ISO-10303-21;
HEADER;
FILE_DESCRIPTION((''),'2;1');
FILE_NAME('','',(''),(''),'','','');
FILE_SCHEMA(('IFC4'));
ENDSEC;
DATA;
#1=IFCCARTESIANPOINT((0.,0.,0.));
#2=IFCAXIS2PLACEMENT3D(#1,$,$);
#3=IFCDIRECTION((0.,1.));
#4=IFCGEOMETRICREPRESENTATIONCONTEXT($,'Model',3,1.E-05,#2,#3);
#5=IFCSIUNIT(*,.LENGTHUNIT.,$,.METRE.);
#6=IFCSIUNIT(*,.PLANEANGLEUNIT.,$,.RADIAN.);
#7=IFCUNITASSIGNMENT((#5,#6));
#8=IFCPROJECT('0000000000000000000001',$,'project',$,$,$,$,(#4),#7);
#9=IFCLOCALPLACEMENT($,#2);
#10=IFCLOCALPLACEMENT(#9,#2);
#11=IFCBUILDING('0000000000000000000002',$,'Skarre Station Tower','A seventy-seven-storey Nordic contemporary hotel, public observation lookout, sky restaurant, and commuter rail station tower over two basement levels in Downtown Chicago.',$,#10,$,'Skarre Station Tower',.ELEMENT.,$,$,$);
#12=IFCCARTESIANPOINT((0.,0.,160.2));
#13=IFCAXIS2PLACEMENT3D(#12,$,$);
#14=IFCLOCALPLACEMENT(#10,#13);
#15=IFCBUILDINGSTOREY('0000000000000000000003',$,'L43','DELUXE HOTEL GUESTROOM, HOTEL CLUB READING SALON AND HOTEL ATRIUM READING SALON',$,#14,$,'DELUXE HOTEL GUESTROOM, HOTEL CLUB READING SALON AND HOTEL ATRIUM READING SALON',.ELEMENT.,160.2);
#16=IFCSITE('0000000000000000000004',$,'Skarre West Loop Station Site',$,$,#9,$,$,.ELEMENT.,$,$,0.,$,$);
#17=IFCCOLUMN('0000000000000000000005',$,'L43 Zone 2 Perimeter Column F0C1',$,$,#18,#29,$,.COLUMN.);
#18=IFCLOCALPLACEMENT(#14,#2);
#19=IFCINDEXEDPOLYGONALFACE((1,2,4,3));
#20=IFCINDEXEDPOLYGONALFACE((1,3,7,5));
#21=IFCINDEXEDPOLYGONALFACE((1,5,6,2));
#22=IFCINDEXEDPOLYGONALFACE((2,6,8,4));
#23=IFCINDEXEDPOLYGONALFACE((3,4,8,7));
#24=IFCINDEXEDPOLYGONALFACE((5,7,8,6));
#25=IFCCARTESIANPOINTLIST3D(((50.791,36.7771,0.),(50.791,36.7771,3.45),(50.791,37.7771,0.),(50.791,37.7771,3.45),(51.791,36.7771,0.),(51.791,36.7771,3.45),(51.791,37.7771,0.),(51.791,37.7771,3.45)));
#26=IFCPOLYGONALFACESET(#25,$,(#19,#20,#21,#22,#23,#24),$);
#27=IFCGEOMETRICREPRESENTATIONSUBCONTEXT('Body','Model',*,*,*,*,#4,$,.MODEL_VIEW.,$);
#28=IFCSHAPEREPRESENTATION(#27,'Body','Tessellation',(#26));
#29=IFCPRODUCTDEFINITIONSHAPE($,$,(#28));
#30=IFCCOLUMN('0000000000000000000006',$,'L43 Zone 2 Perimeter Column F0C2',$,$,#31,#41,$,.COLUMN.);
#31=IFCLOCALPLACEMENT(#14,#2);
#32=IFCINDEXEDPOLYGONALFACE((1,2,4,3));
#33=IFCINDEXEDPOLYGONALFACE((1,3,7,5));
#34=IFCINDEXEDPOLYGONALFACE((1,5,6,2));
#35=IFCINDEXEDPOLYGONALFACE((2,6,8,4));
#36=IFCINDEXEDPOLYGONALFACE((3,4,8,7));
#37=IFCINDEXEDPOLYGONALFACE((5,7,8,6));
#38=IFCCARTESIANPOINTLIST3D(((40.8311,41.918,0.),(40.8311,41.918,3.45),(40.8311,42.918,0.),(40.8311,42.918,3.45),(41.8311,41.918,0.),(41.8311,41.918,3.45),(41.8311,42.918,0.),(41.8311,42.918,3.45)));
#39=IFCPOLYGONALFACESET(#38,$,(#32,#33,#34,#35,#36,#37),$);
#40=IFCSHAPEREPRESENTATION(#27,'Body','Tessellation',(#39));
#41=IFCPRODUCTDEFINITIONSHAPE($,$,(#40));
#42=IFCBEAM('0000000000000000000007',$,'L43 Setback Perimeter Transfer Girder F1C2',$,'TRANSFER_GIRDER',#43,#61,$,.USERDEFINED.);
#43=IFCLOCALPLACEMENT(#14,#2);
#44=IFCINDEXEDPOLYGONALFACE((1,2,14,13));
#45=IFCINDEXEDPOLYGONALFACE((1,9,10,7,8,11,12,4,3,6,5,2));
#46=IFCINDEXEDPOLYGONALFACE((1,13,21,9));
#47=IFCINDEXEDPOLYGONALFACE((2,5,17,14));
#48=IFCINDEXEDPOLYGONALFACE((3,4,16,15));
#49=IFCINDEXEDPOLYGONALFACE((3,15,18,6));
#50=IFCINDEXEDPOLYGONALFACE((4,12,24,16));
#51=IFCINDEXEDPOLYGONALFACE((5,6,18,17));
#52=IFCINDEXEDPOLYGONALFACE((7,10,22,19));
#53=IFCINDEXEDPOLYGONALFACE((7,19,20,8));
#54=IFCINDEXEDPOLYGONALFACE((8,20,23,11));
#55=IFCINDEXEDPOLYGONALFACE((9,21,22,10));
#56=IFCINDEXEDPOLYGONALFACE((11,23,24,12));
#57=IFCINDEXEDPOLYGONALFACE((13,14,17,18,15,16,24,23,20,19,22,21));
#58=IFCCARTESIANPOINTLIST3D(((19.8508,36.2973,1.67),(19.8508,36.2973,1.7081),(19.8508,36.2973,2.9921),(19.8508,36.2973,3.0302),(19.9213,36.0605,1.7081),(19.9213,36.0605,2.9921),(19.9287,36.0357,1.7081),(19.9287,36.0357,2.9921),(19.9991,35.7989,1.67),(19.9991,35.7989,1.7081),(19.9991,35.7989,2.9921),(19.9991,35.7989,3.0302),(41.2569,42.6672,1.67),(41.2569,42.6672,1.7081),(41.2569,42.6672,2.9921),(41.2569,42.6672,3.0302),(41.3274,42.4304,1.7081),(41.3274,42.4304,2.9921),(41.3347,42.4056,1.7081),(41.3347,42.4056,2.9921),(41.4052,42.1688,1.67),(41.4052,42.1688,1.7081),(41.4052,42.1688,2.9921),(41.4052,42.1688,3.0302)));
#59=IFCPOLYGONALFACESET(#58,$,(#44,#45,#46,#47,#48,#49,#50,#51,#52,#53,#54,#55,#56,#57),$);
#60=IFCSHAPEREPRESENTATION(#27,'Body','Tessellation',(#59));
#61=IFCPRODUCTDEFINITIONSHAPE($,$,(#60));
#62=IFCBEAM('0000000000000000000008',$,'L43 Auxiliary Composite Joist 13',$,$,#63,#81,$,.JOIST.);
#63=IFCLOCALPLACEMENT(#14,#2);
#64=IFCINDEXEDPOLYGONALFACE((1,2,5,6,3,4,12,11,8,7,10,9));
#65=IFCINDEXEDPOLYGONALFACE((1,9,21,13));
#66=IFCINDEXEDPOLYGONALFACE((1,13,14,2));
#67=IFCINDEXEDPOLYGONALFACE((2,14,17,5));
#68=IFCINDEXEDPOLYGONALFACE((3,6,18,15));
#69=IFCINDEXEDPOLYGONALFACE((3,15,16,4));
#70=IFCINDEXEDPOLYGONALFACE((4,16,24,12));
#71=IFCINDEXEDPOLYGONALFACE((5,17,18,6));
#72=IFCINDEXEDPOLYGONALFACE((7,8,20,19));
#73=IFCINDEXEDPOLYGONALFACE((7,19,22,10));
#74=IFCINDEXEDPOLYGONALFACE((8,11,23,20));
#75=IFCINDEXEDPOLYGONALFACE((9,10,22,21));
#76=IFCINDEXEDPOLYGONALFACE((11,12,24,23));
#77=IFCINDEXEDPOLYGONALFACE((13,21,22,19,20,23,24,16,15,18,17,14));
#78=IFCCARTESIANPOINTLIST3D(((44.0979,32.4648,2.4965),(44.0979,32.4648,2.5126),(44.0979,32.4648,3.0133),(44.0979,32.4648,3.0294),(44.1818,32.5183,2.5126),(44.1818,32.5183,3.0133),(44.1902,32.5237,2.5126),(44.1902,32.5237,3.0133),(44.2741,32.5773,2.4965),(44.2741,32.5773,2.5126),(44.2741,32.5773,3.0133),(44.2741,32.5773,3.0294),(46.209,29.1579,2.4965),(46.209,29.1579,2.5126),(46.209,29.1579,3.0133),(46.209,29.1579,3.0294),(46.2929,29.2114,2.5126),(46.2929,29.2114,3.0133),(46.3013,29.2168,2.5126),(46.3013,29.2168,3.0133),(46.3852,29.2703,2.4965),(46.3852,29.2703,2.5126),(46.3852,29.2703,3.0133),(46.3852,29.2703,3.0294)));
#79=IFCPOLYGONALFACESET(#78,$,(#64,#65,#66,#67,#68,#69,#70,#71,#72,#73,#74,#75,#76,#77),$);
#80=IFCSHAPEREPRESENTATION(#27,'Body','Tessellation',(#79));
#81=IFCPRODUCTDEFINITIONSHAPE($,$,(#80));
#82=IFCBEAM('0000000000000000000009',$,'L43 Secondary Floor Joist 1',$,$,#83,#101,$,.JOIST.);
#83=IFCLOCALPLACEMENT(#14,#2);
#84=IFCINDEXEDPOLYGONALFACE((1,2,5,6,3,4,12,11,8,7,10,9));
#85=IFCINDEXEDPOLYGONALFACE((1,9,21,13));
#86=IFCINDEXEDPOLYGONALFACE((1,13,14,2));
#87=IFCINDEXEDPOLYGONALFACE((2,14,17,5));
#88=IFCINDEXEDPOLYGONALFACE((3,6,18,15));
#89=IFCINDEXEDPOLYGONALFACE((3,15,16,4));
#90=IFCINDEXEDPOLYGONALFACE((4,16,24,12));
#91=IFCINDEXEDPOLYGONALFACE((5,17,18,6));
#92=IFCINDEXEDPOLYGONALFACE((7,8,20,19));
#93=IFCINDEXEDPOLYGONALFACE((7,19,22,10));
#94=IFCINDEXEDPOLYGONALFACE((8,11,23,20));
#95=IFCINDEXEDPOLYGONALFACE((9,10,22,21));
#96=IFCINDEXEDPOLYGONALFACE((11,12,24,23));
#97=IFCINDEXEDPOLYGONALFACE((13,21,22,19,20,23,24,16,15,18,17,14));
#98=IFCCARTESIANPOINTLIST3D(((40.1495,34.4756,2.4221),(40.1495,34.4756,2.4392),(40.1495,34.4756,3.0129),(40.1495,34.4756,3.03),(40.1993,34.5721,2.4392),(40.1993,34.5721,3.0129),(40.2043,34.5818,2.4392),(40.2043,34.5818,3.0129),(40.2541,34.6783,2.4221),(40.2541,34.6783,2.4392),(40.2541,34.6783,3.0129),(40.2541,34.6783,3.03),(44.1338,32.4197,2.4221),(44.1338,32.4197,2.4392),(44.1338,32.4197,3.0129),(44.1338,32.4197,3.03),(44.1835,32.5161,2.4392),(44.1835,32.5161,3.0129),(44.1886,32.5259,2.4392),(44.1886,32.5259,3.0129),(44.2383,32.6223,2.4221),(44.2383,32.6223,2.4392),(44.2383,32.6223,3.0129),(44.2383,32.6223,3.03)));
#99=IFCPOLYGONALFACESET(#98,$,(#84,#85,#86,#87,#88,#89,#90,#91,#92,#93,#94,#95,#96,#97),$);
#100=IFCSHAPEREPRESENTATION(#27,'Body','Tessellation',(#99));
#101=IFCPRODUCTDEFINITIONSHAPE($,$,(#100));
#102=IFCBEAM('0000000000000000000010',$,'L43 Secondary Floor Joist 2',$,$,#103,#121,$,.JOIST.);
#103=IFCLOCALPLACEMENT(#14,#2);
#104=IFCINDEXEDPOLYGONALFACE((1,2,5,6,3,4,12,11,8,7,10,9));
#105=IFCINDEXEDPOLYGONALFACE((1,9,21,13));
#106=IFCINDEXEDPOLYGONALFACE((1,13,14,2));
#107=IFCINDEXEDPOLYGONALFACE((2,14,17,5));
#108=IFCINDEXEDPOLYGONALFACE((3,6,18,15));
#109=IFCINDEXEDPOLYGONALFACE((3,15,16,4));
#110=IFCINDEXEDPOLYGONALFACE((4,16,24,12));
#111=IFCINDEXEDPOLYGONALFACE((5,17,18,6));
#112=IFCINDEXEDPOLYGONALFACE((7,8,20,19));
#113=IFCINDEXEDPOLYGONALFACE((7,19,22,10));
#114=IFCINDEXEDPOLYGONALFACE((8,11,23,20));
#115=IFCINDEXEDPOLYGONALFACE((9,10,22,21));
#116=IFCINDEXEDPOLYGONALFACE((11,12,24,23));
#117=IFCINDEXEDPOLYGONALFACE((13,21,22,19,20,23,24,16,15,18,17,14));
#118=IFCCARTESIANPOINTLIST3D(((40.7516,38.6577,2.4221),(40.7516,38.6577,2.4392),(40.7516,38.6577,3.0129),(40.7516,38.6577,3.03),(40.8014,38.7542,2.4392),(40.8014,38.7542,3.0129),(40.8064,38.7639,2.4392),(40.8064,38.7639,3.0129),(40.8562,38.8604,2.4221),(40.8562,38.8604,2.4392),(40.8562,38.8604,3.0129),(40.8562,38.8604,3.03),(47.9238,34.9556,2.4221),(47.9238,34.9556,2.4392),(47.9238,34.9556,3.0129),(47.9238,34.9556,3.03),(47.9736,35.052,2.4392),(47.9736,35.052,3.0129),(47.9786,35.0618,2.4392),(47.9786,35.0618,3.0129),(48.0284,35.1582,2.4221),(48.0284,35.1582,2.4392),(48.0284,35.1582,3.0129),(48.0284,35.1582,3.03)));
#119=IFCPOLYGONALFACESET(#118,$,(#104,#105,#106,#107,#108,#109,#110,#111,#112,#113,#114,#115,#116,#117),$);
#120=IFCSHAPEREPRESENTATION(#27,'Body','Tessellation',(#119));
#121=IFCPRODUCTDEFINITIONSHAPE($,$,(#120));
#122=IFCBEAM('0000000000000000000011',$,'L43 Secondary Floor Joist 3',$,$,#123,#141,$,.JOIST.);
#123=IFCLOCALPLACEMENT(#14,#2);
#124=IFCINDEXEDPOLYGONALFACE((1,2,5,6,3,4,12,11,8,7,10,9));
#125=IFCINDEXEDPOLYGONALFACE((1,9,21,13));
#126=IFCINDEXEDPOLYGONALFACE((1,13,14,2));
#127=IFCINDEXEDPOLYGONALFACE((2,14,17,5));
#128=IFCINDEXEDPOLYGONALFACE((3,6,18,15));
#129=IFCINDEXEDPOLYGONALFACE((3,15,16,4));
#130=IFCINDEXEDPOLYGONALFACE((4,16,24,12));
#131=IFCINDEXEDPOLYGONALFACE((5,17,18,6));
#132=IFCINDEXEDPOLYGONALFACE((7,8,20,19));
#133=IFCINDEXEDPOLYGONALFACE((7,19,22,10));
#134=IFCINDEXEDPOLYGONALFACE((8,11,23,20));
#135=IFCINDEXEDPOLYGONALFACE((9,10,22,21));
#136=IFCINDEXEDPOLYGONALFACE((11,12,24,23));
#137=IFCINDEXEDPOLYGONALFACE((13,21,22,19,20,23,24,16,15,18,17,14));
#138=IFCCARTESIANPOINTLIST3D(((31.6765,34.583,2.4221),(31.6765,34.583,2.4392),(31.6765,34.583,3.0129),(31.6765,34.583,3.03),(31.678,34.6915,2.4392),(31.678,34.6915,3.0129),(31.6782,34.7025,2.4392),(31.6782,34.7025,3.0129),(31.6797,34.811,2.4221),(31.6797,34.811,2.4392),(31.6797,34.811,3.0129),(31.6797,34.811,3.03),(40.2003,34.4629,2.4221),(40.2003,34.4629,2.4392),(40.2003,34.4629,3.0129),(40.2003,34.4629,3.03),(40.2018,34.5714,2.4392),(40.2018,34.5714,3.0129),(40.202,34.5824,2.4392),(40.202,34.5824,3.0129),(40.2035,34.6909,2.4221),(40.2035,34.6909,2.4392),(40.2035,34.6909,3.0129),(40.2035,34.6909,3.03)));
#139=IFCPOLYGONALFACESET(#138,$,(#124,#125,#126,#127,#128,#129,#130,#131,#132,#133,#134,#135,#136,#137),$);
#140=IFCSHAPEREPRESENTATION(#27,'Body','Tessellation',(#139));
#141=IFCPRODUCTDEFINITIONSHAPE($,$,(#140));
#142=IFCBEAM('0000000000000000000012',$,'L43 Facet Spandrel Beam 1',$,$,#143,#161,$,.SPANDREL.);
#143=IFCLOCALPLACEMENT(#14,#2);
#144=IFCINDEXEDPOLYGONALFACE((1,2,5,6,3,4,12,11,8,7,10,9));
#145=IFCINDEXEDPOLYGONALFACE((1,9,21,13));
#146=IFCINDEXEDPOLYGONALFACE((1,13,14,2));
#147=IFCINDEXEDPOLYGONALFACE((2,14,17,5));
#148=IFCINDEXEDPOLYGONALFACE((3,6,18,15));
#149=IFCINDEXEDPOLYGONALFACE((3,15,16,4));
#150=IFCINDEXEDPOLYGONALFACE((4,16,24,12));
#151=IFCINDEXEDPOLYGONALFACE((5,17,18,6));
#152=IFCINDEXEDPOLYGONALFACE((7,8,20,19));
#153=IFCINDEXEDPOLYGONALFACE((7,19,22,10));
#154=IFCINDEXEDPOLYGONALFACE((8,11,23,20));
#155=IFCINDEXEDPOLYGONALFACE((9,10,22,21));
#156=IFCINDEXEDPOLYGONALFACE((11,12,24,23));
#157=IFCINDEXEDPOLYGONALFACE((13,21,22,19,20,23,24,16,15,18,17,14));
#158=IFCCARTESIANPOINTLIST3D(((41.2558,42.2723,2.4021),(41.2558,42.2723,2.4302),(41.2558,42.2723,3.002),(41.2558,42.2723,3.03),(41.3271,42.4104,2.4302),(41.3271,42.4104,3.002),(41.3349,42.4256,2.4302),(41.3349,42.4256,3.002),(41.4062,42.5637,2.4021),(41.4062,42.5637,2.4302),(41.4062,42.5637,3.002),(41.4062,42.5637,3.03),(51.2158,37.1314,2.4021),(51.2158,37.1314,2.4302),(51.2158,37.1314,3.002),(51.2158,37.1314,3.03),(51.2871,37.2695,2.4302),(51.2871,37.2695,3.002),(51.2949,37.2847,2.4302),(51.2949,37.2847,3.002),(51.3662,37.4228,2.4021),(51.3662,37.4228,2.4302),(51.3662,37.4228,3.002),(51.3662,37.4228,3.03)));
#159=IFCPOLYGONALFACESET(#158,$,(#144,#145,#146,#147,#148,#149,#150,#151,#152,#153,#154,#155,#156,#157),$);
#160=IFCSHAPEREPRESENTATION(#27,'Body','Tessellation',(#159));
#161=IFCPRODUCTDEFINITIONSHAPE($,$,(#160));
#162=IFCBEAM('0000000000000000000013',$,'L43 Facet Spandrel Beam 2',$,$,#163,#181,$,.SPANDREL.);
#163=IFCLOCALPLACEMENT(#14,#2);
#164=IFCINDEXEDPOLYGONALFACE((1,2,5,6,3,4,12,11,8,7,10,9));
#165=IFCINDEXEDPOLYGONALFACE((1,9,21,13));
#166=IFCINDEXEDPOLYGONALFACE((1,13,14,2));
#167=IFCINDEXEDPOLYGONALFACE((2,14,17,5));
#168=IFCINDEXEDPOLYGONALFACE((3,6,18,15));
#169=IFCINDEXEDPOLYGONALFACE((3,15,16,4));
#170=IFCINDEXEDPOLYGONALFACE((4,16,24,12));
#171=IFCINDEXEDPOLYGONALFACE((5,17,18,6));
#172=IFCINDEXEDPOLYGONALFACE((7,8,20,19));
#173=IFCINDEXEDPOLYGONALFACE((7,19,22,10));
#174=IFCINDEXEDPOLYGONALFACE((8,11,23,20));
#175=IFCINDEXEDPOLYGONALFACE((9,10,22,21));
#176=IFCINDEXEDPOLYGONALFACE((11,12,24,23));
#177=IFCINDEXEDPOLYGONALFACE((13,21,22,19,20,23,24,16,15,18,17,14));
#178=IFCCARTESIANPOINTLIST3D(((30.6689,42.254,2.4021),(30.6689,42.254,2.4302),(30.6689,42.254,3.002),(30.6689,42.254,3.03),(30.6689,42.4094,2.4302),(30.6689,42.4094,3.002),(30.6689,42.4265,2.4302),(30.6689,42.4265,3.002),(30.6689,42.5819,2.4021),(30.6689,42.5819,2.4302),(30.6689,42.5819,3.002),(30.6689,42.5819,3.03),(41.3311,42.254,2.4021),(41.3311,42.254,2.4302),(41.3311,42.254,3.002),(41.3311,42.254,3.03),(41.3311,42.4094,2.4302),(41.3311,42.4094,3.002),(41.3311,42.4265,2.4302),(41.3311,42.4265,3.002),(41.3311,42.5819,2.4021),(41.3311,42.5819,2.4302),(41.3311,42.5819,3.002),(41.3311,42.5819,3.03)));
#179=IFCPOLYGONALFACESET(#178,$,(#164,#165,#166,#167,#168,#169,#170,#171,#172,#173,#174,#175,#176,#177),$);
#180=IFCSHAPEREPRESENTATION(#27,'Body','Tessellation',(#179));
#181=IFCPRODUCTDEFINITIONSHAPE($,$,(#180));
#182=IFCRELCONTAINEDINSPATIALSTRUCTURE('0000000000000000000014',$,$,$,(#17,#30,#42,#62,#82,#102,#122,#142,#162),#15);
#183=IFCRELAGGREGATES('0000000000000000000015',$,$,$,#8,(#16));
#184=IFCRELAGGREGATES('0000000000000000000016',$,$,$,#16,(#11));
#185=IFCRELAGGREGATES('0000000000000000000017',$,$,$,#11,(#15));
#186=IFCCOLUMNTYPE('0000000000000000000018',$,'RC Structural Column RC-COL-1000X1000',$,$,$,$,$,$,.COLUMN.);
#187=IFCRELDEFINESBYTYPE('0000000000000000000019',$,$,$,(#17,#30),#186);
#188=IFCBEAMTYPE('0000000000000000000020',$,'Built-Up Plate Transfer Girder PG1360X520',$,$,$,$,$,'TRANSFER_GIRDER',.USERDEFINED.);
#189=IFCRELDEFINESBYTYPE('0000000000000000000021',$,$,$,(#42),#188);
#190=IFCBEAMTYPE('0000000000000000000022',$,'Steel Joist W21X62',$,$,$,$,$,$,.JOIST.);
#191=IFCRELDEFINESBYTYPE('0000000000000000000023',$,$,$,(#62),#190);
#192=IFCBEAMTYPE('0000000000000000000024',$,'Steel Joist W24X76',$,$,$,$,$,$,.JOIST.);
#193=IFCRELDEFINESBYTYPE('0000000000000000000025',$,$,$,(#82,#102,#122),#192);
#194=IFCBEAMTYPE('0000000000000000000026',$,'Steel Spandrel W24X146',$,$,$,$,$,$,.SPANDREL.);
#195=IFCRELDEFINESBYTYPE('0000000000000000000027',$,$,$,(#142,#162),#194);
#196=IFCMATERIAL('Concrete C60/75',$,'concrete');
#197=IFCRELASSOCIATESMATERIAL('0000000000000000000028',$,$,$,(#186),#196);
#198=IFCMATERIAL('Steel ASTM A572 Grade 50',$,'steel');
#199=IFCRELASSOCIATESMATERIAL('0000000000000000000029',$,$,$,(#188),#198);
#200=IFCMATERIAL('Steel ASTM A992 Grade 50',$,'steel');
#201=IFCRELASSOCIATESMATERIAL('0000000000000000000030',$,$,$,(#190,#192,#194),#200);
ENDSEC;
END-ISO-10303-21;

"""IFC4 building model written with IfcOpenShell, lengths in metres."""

from ifc_helpers import new_model, si_unit, direction, frame, origin, origin_2d, place, context, subcontext, project, spatial, rectangle, i_section, extrude, material, material_profile, profile_set, type_object, element, save


model = new_model("IFC4")

# Units and contexts
model_context = context("Model", 3, precision=1e-05, world=origin(), true_north=direction((0.0, 1.0)))
body_context = subcontext(model_context, "Body", "Model", "MODEL_VIEW")
ifc_project = project(units=[si_unit("LENGTHUNIT", "METRE"), si_unit("PLANEANGLEUNIT", "RADIAN")], contexts=[model_context])

# Site, building, storey
site_placement = place(None, origin())
site = spatial("IfcSite", under=ifc_project, at=site_placement, Name="Skarre West Loop Station Site", CompositionType="ELEMENT", RefElevation=0.0)
building_placement = place(site_placement, origin())
building = spatial("IfcBuilding", under=site, at=building_placement, Name="Skarre Station Tower", Description="A seventy-seven-storey Nordic contemporary hotel, public observation lookout, sky restaurant, and commuter rail station tower over two basement levels in Downtown Chicago.", LongName="Skarre Station Tower", CompositionType="ELEMENT")
storey_placement = place(building_placement, frame((0.0, 0.0, 160.2)))
storey = spatial("IfcBuildingStorey", under=building, at=storey_placement, Name="L43", Description="DELUXE HOTEL GUESTROOM, HOTEL CLUB READING SALON AND HOTEL ATRIUM READING SALON", LongName="DELUXE HOTEL GUESTROOM, HOTEL CLUB READING SALON AND HOTEL ATRIUM READING SALON", CompositionType="ELEMENT", Elevation=160.2)

# Columns
ifc_material_1 = material(Name="Concrete C60/75", Category="concrete")
ifc_material_profile_1 = material_profile(ifc_material_1, rectangle(XDim=1.0, YDim=1.0, at=origin_2d()), Name="Concrete C60/75")
ifc_profile_set_1 = profile_set([ifc_material_profile_1], Name="Concrete C60/75")
column_type = type_object("IfcColumnType", Name="RC Structural Column RC-COL-1000X1000", PredefinedType="COLUMN", material=ifc_profile_set_1)
for number, where, z_axis, x_axis, name in (
    (1, (51.291, 37.2771, 0.0), (0.0, 0.0, 1.0), (1.0, 0.0, 0.0), "L43 Zone 2 Perimeter Column F0C1"),
    (2, (41.3311, 42.418, 0.0), (0.0, 0.0, 1.0), (1.0, 0.0, 0.0), "L43 Zone 2 Perimeter Column F0C2"),
):
    element("IfcColumn", number, at=place(storey_placement, frame(where, z_axis=z_axis, x_axis=x_axis)), inside=storey, type_object=column_type, Name=name, PredefinedType="COLUMN", context=body_context, shape_type="SweptSolid", body=[
        extrude(rectangle(XDim=1.0, YDim=1.0, at=origin_2d()), origin(), (0.0, 0.0, 1.0), 3.45),
    ])

# Beams
ifc_material_2 = material(Name="Steel ASTM A572 Grade 50", Category="steel")
ifc_material_profile_2 = material_profile(ifc_material_2, i_section(OverallWidth=0.52, OverallDepth=1.3601, WebThickness=0.0259, FlangeThickness=0.0381, at=origin_2d()), Name="Steel ASTM A572 Grade 50")
ifc_profile_set_2 = profile_set([ifc_material_profile_2], Name="Steel ASTM A572 Grade 50")
beam_type_1 = type_object("IfcBeamType", Name="Built-Up Plate Transfer Girder PG1360X520", ElementType="TRANSFER_GIRDER", PredefinedType="USERDEFINED", material=ifc_profile_set_2)
beam_1_placement = place(storey_placement, frame((41.3311, 42.418, 2.3501), z_axis=(-0.958464, -0.285214, 0.0), x_axis=(0.285214, -0.958464, 0.0)))
element("IfcBeam", 3, at=beam_1_placement, inside=storey, type_object=beam_type_1, Name="L43 Setback Perimeter Transfer Girder F1C2", ObjectType="TRANSFER_GIRDER", PredefinedType="USERDEFINED", context=body_context, shape_type="SweptSolid", body=[
    extrude(i_section(OverallWidth=0.52, OverallDepth=1.3601, WebThickness=0.0259, FlangeThickness=0.0381, at=origin_2d()), origin(), (0.0, 0.0, 1.0), 22.3337),
])
ifc_material_3 = material(Name="Steel ASTM A992 Grade 50", Category="steel")
ifc_material_profile_3 = material_profile(ifc_material_3, i_section(OverallWidth=0.209, OverallDepth=0.533, WebThickness=0.01, FlangeThickness=0.0161, at=origin_2d()), Name="Steel ASTM A992 Grade 50")
ifc_profile_set_3 = profile_set([ifc_material_profile_3], Name="Steel ASTM A992 Grade 50")
beam_type_2 = type_object("IfcBeamType", Name="Steel Joist W21X62", PredefinedType="JOIST", material=ifc_profile_set_3)
beam_2_placement = place(storey_placement, frame((46.2971, 29.2141, 2.7629), z_axis=(-0.538091, 0.842887, 0.0), x_axis=(-0.842887, -0.538091, 0.0)))
element("IfcBeam", 4, at=beam_2_placement, inside=storey, type_object=beam_type_2, Name="L43 Auxiliary Composite Joist 13", PredefinedType="JOIST", context=body_context, shape_type="SweptSolid", body=[
    extrude(i_section(OverallWidth=0.209, OverallDepth=0.533, WebThickness=0.01, FlangeThickness=0.0161, at=origin_2d()), origin(), (0.0, 0.0, 1.0), 3.9233),
])
ifc_material_profile_4 = material_profile(ifc_material_3, i_section(OverallWidth=0.228, OverallDepth=0.6079, WebThickness=0.011, FlangeThickness=0.0171, at=origin_2d()), Name="Steel ASTM A992 Grade 50")
ifc_profile_set_4 = profile_set([ifc_material_profile_4], Name="Steel ASTM A992 Grade 50")
beam_type_3 = type_object("IfcBeamType", Name="Steel Joist W24X76", PredefinedType="JOIST", material=ifc_profile_set_4)
beam_3_placement = place(storey_placement, frame((44.186, 32.521, 2.7261), z_axis=(-0.888659, 0.458569, 0.0), x_axis=(-0.458569, -0.888659, 0.0)))
element("IfcBeam", 5, at=beam_3_placement, inside=storey, type_object=beam_type_3, Name="L43 Secondary Floor Joist 1", PredefinedType="JOIST", context=body_context, shape_type="SweptSolid", body=[
    extrude(i_section(OverallWidth=0.228, OverallDepth=0.6079, WebThickness=0.011, FlangeThickness=0.0171, at=origin_2d()), origin(), (0.0, 0.0, 1.0), 4.4834),
])
beam_4_placement = place(storey_placement, frame((47.9761, 35.0569, 2.7261), z_axis=(-0.8886, 0.458683, 0.0), x_axis=(-0.458683, -0.8886, 0.0)))
element("IfcBeam", 6, at=beam_4_placement, inside=storey, type_object=beam_type_3, Name="L43 Secondary Floor Joist 2", PredefinedType="JOIST", context=body_context, shape_type="SweptSolid", body=[
    extrude(i_section(OverallWidth=0.228, OverallDepth=0.6079, WebThickness=0.011, FlangeThickness=0.0171, at=origin_2d()), origin(), (0.0, 0.0, 1.0), 8.0713),
])
beam_5_placement = place(storey_placement, frame((40.2019, 34.5769, 2.7261), z_axis=(-0.999901, 0.01409, 0.0), x_axis=(-0.01409, -0.999901, 0.0)))
element("IfcBeam", 7, at=beam_5_placement, inside=storey, type_object=beam_type_3, Name="L43 Secondary Floor Joist 3", PredefinedType="JOIST", context=body_context, shape_type="SweptSolid", body=[
    extrude(i_section(OverallWidth=0.228, OverallDepth=0.6079, WebThickness=0.011, FlangeThickness=0.0171, at=origin_2d()), origin(), (0.0, 0.0, 1.0), 8.5247),
])
ifc_material_profile_5 = material_profile(ifc_material_3, i_section(OverallWidth=0.3279, OverallDepth=0.6279, WebThickness=0.0171, FlangeThickness=0.0281, at=origin_2d()), Name="Steel ASTM A992 Grade 50")
ifc_profile_set_5 = profile_set([ifc_material_profile_5], Name="Steel ASTM A992 Grade 50")
beam_type_4 = type_object("IfcBeamType", Name="Steel Spandrel W24X146", PredefinedType="SPANDREL", material=ifc_profile_set_5)
beam_6_placement = place(storey_placement, frame((51.291, 37.2771, 2.7161), z_axis=(-0.888612, 0.45866, 0.0), x_axis=(-0.45866, -0.888612, 0.0)))
element("IfcBeam", 8, at=beam_6_placement, inside=storey, type_object=beam_type_4, Name="L43 Facet Spandrel Beam 1", PredefinedType="SPANDREL", context=body_context, shape_type="SweptSolid", body=[
    extrude(i_section(OverallWidth=0.3279, OverallDepth=0.6279, WebThickness=0.0171, FlangeThickness=0.0281, at=origin_2d()), origin(), (0.0, 0.0, 1.0), 11.2085),
])
beam_7_placement = place(storey_placement, frame((41.3311, 42.418, 2.7161), z_axis=(-1.0, 0.0, 0.0), x_axis=(0.0, -1.0, 0.0)))
element("IfcBeam", 9, at=beam_7_placement, inside=storey, type_object=beam_type_4, Name="L43 Facet Spandrel Beam 2", PredefinedType="SPANDREL", context=body_context, shape_type="SweptSolid", body=[
    extrude(i_section(OverallWidth=0.3279, OverallDepth=0.6279, WebThickness=0.0171, FlangeThickness=0.0281, at=origin_2d()), origin(), (0.0, 0.0, 1.0), 10.6621),
])

save(model, "model.ifc")
